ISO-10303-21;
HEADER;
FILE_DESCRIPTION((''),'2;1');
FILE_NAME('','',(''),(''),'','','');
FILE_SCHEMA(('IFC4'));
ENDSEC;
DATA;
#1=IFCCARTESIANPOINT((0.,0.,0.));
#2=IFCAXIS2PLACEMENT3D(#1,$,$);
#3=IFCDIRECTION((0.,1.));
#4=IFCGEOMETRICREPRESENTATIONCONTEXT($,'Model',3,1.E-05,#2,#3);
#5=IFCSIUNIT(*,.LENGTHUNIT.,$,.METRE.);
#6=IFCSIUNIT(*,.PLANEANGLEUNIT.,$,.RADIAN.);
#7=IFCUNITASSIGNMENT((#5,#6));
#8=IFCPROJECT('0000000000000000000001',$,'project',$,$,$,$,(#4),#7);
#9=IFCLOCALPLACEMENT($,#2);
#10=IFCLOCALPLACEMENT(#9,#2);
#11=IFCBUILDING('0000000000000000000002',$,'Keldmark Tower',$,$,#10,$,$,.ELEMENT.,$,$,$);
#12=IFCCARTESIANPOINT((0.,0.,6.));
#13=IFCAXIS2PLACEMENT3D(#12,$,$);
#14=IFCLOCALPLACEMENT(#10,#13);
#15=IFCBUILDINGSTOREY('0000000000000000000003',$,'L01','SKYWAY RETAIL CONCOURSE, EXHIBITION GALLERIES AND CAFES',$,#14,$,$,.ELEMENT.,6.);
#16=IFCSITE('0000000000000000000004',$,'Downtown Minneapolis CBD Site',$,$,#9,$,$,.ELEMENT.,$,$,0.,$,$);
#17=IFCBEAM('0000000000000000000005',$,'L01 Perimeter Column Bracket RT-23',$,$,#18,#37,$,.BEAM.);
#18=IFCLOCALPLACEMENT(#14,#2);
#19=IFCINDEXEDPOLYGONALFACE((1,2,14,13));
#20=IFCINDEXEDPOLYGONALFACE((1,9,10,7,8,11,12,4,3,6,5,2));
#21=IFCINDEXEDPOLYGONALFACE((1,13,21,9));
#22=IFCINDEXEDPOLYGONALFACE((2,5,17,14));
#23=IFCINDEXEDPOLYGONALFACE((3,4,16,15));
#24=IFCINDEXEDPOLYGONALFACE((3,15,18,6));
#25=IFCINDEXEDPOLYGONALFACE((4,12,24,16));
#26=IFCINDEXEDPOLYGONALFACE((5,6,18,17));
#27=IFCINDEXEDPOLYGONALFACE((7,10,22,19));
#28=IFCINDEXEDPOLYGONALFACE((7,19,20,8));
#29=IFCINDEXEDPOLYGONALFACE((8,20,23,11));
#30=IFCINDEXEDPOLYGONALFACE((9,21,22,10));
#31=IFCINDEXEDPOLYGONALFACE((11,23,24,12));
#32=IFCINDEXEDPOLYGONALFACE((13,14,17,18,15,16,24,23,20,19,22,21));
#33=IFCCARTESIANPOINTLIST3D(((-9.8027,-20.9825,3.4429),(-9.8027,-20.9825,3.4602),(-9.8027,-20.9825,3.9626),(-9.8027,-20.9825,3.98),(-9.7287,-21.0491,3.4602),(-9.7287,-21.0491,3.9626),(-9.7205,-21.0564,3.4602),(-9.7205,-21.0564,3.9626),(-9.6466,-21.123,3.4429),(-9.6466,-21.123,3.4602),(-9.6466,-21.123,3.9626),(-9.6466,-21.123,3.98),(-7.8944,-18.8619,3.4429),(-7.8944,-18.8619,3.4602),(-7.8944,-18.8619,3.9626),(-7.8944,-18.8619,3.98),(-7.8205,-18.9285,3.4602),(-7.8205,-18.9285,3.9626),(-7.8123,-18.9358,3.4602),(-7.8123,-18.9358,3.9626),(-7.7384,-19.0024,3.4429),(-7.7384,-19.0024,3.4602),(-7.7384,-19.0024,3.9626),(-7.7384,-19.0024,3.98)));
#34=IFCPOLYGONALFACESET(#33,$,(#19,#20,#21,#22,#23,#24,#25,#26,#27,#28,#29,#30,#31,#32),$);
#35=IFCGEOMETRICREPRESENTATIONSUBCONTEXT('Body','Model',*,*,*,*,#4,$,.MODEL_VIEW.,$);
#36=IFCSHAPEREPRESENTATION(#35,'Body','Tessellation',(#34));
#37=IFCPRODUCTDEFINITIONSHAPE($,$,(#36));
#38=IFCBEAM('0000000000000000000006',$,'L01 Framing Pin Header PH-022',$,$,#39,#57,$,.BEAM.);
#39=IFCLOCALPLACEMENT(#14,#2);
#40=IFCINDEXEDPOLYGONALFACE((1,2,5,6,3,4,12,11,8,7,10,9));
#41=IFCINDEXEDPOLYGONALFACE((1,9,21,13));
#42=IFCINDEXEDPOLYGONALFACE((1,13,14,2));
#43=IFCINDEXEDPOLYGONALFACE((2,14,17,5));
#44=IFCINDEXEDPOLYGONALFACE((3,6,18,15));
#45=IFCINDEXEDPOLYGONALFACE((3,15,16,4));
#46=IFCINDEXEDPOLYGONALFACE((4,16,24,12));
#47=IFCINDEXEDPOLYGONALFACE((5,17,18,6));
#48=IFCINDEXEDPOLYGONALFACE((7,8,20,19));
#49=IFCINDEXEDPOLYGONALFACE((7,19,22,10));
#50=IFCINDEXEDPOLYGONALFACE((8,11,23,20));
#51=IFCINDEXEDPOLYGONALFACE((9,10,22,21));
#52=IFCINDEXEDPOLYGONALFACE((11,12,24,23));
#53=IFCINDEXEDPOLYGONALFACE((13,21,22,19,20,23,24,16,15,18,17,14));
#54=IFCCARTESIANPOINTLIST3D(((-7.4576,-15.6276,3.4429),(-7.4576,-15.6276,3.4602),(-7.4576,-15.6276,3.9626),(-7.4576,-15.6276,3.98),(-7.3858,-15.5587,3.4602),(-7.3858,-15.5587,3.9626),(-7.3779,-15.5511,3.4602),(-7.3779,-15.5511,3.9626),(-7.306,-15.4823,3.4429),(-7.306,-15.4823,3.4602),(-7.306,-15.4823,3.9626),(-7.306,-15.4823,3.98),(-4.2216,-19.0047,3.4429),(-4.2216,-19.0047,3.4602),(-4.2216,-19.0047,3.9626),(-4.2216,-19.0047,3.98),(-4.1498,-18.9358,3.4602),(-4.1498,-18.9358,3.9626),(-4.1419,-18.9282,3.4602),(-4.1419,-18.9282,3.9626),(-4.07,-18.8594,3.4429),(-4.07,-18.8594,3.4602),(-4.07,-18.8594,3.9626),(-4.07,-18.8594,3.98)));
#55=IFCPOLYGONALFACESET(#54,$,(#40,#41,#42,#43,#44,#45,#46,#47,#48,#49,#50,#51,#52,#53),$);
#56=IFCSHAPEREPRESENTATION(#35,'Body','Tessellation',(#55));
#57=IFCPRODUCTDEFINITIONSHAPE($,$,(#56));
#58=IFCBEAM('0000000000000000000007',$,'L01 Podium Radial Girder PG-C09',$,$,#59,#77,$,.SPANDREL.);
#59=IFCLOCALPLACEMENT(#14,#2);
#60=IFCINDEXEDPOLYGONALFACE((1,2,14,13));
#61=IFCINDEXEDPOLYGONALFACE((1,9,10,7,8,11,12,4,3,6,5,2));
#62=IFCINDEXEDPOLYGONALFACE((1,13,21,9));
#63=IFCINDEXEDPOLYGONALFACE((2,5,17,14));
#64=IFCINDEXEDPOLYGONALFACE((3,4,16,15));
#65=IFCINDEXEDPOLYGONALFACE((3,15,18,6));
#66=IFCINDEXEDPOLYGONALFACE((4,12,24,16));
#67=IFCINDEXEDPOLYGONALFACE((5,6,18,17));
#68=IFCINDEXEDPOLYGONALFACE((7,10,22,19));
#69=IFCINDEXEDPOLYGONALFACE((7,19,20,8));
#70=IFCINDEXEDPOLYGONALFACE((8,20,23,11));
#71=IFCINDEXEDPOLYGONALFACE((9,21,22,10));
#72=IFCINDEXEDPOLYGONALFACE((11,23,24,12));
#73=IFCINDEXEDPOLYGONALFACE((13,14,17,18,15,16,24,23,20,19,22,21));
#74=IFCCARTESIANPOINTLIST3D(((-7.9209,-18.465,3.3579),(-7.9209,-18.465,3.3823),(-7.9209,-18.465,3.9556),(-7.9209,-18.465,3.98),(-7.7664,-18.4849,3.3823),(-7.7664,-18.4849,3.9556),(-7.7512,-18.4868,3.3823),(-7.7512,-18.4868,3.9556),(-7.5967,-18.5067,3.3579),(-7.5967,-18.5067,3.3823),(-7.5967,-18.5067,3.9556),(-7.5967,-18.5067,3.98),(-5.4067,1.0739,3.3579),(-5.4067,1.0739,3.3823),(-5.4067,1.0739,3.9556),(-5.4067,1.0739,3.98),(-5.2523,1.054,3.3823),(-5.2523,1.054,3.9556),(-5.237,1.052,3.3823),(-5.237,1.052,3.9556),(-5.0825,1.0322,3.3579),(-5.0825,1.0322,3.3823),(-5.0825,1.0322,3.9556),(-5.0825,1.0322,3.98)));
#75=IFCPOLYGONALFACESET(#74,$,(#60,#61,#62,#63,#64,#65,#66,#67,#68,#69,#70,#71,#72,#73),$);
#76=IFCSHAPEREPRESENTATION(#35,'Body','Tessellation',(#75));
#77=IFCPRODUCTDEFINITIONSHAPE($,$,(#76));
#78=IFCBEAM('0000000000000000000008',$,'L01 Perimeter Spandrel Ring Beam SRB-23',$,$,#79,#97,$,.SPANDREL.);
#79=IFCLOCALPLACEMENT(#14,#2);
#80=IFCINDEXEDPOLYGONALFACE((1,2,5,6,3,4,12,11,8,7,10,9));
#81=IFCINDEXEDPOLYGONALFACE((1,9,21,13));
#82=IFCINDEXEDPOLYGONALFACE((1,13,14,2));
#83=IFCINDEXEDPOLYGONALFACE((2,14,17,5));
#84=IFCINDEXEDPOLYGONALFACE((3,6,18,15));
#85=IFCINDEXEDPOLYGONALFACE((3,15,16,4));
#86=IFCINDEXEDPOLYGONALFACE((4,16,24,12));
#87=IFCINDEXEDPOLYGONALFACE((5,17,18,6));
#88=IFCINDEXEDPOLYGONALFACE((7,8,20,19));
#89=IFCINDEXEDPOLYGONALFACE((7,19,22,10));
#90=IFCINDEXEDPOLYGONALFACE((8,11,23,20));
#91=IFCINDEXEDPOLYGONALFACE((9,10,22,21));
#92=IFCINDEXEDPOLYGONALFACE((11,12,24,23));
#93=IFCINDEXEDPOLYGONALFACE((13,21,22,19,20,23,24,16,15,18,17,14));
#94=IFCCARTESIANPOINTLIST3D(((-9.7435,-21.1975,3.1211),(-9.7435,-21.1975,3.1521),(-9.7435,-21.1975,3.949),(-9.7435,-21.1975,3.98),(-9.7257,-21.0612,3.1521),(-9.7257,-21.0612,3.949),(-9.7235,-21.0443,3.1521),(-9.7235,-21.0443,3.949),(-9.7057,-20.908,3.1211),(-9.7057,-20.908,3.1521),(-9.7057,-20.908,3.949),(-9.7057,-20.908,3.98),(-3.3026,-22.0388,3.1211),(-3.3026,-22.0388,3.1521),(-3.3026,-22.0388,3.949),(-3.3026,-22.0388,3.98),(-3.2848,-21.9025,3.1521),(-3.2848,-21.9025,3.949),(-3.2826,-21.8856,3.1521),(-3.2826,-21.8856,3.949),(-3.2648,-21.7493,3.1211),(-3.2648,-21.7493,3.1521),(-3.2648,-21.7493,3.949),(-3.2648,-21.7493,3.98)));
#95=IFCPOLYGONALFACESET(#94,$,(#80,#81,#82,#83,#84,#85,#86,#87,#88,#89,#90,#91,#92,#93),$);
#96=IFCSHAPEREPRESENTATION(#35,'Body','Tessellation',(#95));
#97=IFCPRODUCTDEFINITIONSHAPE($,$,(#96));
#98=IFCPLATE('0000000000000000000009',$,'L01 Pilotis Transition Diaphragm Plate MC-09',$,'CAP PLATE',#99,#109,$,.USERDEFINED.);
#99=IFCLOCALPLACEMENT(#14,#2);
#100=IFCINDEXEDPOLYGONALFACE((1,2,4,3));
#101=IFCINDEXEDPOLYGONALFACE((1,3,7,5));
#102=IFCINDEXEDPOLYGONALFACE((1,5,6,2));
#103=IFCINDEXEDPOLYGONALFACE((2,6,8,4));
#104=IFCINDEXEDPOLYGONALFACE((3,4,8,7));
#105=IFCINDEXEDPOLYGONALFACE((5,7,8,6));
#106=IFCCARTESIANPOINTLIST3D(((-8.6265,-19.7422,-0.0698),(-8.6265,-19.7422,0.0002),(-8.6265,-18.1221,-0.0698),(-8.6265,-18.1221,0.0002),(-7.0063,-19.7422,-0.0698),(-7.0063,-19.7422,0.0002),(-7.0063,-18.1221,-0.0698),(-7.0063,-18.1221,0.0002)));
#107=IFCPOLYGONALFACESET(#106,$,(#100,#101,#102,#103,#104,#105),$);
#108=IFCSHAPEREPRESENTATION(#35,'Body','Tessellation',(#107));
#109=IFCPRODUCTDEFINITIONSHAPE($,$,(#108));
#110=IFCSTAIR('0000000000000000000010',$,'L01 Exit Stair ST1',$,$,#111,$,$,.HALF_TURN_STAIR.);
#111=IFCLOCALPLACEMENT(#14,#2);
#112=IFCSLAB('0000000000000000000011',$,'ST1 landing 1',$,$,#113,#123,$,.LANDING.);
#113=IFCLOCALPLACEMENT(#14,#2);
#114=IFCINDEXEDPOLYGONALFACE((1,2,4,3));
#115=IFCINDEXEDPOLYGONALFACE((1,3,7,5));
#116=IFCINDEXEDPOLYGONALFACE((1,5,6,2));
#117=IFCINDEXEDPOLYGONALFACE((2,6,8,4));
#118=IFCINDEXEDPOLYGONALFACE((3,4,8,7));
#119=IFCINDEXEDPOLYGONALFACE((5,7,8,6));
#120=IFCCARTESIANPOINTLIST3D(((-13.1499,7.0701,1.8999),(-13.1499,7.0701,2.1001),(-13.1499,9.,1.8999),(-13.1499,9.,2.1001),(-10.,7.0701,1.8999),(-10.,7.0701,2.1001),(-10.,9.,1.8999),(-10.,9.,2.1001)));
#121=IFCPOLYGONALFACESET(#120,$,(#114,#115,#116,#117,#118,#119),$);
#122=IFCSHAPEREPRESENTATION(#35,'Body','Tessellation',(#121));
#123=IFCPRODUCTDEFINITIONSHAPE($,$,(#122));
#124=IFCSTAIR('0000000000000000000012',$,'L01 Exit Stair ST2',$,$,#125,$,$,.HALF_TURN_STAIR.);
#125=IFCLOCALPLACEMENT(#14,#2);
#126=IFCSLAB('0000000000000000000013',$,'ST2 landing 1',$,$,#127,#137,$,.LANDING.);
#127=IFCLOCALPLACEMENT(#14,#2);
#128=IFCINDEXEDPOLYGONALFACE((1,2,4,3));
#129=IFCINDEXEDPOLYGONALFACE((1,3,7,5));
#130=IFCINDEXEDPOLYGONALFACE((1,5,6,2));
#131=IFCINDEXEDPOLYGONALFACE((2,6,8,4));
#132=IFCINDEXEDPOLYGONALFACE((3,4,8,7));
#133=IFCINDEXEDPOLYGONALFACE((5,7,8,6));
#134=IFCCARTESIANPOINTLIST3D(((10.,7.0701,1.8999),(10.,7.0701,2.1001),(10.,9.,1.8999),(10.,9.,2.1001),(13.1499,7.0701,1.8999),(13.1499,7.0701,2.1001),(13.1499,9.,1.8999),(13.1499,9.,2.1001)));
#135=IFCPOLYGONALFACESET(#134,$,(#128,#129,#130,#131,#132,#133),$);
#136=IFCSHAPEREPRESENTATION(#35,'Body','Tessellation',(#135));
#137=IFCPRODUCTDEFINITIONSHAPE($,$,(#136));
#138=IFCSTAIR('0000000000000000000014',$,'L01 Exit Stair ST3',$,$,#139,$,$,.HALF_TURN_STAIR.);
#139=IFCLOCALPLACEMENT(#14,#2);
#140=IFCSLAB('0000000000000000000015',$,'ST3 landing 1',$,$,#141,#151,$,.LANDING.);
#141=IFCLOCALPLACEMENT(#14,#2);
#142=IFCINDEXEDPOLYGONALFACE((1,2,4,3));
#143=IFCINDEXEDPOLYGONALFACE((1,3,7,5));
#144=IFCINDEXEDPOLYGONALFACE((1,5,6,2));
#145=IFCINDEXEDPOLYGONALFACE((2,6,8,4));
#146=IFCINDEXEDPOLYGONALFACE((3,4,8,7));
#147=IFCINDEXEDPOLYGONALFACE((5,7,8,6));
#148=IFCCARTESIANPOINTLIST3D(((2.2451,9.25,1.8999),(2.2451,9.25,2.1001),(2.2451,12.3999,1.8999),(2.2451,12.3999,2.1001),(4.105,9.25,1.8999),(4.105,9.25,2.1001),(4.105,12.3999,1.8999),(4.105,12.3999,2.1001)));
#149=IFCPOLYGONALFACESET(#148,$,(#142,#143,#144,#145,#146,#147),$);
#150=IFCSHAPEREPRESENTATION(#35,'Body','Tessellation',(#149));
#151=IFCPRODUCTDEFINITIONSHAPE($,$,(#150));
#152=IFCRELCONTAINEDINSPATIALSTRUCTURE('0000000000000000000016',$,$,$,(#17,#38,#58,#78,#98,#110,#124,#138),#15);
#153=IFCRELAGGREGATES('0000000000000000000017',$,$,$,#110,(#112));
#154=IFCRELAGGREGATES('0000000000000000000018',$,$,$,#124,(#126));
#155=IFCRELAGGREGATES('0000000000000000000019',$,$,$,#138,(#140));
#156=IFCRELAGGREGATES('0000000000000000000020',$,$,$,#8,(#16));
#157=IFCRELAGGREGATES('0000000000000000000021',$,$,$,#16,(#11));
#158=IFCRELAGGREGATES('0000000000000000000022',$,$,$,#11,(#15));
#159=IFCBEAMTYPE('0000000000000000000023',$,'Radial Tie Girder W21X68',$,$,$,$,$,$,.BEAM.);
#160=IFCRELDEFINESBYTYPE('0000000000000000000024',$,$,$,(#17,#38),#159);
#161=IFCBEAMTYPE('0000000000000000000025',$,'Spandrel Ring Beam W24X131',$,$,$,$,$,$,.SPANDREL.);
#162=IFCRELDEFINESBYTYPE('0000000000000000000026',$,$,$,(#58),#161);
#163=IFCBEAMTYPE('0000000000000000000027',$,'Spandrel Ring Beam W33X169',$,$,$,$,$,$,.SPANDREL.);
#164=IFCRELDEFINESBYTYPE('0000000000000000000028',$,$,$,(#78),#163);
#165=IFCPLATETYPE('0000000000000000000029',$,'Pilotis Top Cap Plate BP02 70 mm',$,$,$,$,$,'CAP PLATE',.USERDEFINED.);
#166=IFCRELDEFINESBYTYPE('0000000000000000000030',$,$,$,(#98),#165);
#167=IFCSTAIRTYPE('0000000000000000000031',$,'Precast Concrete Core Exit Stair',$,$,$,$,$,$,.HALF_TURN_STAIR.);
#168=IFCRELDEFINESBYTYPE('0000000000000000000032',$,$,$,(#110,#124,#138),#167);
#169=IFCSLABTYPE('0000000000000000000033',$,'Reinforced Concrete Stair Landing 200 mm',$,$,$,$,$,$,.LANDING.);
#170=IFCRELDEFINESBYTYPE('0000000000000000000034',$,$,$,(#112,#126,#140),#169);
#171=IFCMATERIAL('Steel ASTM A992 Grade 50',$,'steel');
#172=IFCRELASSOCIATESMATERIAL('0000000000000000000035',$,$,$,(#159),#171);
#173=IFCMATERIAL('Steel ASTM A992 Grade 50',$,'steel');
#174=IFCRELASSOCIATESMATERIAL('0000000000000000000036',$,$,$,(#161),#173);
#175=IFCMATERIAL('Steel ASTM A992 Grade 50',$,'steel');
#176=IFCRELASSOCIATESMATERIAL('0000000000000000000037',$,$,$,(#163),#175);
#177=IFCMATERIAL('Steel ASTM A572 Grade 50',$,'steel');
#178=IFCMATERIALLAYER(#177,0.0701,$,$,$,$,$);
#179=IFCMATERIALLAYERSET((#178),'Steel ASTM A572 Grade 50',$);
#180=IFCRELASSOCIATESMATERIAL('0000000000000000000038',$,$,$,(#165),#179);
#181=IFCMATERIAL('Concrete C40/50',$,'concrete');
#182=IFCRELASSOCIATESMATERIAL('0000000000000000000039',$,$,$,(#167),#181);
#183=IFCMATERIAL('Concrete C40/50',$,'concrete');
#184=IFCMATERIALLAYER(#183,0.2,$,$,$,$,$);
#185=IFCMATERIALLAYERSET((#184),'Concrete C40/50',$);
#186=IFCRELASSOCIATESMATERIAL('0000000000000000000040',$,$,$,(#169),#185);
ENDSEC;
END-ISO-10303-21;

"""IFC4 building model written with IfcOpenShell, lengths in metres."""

from ifc_helpers import new_model, si_unit, direction, frame, origin, origin_2d, place, context, subcontext, project, spatial, polyline, rectangle, i_section, outline, extrude, material, layer, layer_set, material_profile, profile_set, type_object, element, aggregate, save


model = new_model("IFC4")

# Units and contexts
model_context = context("Model", 3, precision=1e-05, world=origin(), true_north=direction((0.0, 1.0)))
body_context = subcontext(model_context, "Body", "Model", "MODEL_VIEW")
ifc_project = project(units=[si_unit("LENGTHUNIT", "METRE"), si_unit("PLANEANGLEUNIT", "RADIAN")], contexts=[model_context])

# Site, building, storey
site_placement = place(None, origin())
site = spatial("IfcSite", under=ifc_project, at=site_placement, Name="Downtown Minneapolis CBD Site", CompositionType="ELEMENT", RefElevation=0.0)
building_placement = place(site_placement, origin())
building = spatial("IfcBuilding", under=site, at=building_placement, Name="Keldmark Tower", CompositionType="ELEMENT")
storey_placement = place(building_placement, frame((0.0, 0.0, 6.0)))
storey = spatial("IfcBuildingStorey", under=building, at=storey_placement, Name="L01", Description="SKYWAY RETAIL CONCOURSE, EXHIBITION GALLERIES AND CAFES", CompositionType="ELEMENT", Elevation=6.0)

# Beams
ifc_material_1 = material(Name="Steel ASTM A992 Grade 50", Category="steel")
ifc_material_profile_1 = material_profile(ifc_material_1, i_section(OverallWidth=0.21, OverallDepth=0.5371, WebThickness=0.011, FlangeThickness=0.0173, at=origin_2d()), Name="W21X68")
ifc_profile_set_1 = profile_set([ifc_material_profile_1], Name="Steel ASTM A992 Grade 50")
beam_type_1 = type_object("IfcBeamType", Name="Radial Tie Girder W21X68", PredefinedType="BEAM", material=ifc_profile_set_1)
beam_1_placement = place(storey_placement, frame((-7.8164, -18.9321, 3.7114), z_axis=(-0.668899, -0.743354, 0.0), x_axis=(0.743354, -0.668899, 0.0)))
element("IfcBeam", 1, at=beam_1_placement, inside=storey, type_object=beam_type_1, Name="L01 Perimeter Column Bracket RT-23", PredefinedType="BEAM", context=body_context, shape_type="SweptSolid", body=[
    extrude(i_section(OverallWidth=0.21, OverallDepth=0.5371, WebThickness=0.011, FlangeThickness=0.0173, at=origin_2d()), origin(), (0.0, 0.0, 1.0), 2.8528),
])
beam_2_placement = place(storey_placement, frame((-7.3818, -15.5549, 3.7114), z_axis=(0.691861, -0.722031, 0.0), x_axis=(0.722031, 0.691861, 0.0)))
element("IfcBeam", 2, at=beam_2_placement, inside=storey, type_object=beam_type_1, Name="L01 Framing Pin Header PH-022", PredefinedType="BEAM", context=body_context, shape_type="SweptSolid", body=[
    extrude(i_section(OverallWidth=0.21, OverallDepth=0.5371, WebThickness=0.011, FlangeThickness=0.0173, at=origin_2d()), origin(), (0.0, 0.0, 1.0), 4.6772),
])
ifc_material_2 = material(Name="Steel ASTM A992 Grade 50", Category="steel")
ifc_material_profile_2 = material_profile(ifc_material_2, i_section(OverallWidth=0.3269, OverallDepth=0.6221, WebThickness=0.0154, FlangeThickness=0.0244, at=origin_2d()), Name="W24X131")
ifc_profile_set_2 = profile_set([ifc_material_profile_2], Name="Steel ASTM A992 Grade 50")
beam_type_2 = type_object("IfcBeamType", Name="Spandrel Ring Beam W24X131", PredefinedType="SPANDREL", material=ifc_profile_set_2)
beam_3_placement = place(storey_placement, frame((-7.7588, -18.4858, 3.6689), z_axis=(0.127623, 0.991823, 0.0), x_axis=(-0.991823, 0.127623, 0.0)))
element("IfcBeam", 3, at=beam_3_placement, inside=storey, type_object=beam_type_2, Name="L01 Podium Radial Girder PG-C09", PredefinedType="SPANDREL", context=body_context, shape_type="SweptSolid", body=[
    extrude(i_section(OverallWidth=0.3269, OverallDepth=0.6221, WebThickness=0.0154, FlangeThickness=0.0244, at=origin_2d()), origin(), (0.0, 0.0, 1.0), 19.7),
])
ifc_material_3 = material(Name="Steel ASTM A992 Grade 50", Category="steel")
ifc_material_profile_3 = material_profile(ifc_material_3, i_section(OverallWidth=0.292, OverallDepth=0.8589, WebThickness=0.0171, FlangeThickness=0.031, at=origin_2d()), Name="W33X169")
ifc_profile_set_3 = profile_set([ifc_material_profile_3], Name="Steel ASTM A992 Grade 50")
beam_type_3 = type_object("IfcBeamType", Name="Spandrel Ring Beam W33X169", PredefinedType="SPANDREL", material=ifc_profile_set_3)
beam_4_placement = place(storey_placement, frame((-9.7246, -21.0527, 3.5505), z_axis=(0.991577, -0.129519, 0.0), x_axis=(0.129519, 0.991577, 0.0)))
element("IfcBeam", 4, at=beam_4_placement, inside=storey, type_object=beam_type_3, Name="L01 Perimeter Spandrel Ring Beam SRB-23", PredefinedType="SPANDREL", context=body_context, shape_type="SweptSolid", body=[
    extrude(i_section(OverallWidth=0.292, OverallDepth=0.8589, WebThickness=0.0171, FlangeThickness=0.031, at=origin_2d()), origin(), (0.0, 0.0, 1.0), 6.4956),
])

# Plate
ifc_material_4 = material(Name="Steel ASTM A572 Grade 50", Category="steel")
ifc_layer_1 = layer(ifc_material_4, 0.0701)
ifc_layer_set_1 = layer_set([ifc_layer_1], Name="Steel ASTM A572 Grade 50")
plate_type_1 = type_object("IfcPlateType", Name="Pilotis Top Cap Plate BP02 70 mm", ElementType="CAP PLATE", PredefinedType="USERDEFINED", material=ifc_layer_set_1)
plate_1_placement = place(storey_placement, frame((-7.8164, -18.9321, -0.0698), z_axis=(0.0, 0.0, 1.0), x_axis=(1.0, 0.0, 0.0)))
element("IfcPlate", 5, at=plate_1_placement, inside=storey, type_object=plate_type_1, Name="L01 Pilotis Transition Diaphragm Plate MC-09", ObjectType="CAP PLATE", PredefinedType="USERDEFINED", context=body_context, shape_type="SweptSolid", body=[
    extrude(rectangle(XDim=1.6201, YDim=1.6201, at=origin_2d()), origin(), (0.0, 0.0, 1.0), 0.0701),
])

# Stairs, slabs
ifc_material_5 = material(Name="Concrete C40/50", Category="concrete")
stair_type = type_object("IfcStairType", Name="Precast Concrete Core Exit Stair", PredefinedType="HALF_TURN_STAIR", material=ifc_material_5)
stair_1_placement = place(storey_placement, origin())
stair_1 = element("IfcStair", 6, at=stair_1_placement, inside=storey, type_object=stair_type, Name="L01 Exit Stair ST1", PredefinedType="HALF_TURN_STAIR")
ifc_material_6 = material(Name="Concrete C40/50", Category="concrete")
ifc_layer_2 = layer(ifc_material_6, 0.2)
ifc_layer_set_2 = layer_set([ifc_layer_2], Name="Concrete C40/50")
slab_type_1 = type_object("IfcSlabType", Name="Reinforced Concrete Stair Landing 200 mm", PredefinedType="LANDING", material=ifc_layer_set_2)
slab_1_placement = place(storey_placement, frame((0.0, 0.0, 1.8999)))
slab_1 = element("IfcSlab", 7, at=slab_1_placement, type_object=slab_type_1, Name="ST1 landing 1", PredefinedType="LANDING", context=body_context, shape_type="SweptSolid", body=[
    extrude(outline(polyline([(-10.0, 7.0701), (-10.0, 9.0), (-13.1499, 9.0), (-13.1499, 7.0701), (-10.0, 7.0701)])), origin(), (0.0, 0.0, 1.0), 0.2002),
])
aggregate(stair_1, [slab_1])
stair_2_placement = place(storey_placement, origin())
stair_2 = element("IfcStair", 8, at=stair_2_placement, inside=storey, type_object=stair_type, Name="L01 Exit Stair ST2", PredefinedType="HALF_TURN_STAIR")
slab_2_placement = place(storey_placement, frame((0.0, 0.0, 1.8999)))
slab_2 = element("IfcSlab", 9, at=slab_2_placement, type_object=slab_type_1, Name="ST2 landing 1", PredefinedType="LANDING", context=body_context, shape_type="SweptSolid", body=[
    extrude(outline(polyline([(13.1499, 7.0701), (13.1499, 9.0), (10.0, 9.0), (10.0, 7.0701), (13.1499, 7.0701)])), origin(), (0.0, 0.0, 1.0), 0.2002),
])
aggregate(stair_2, [slab_2])
stair_3_placement = place(storey_placement, origin())
stair_3 = element("IfcStair", 10, at=stair_3_placement, inside=storey, type_object=stair_type, Name="L01 Exit Stair ST3", PredefinedType="HALF_TURN_STAIR")
slab_3_placement = place(storey_placement, frame((0.0, 0.0, 1.8999)))
slab_3 = element("IfcSlab", 11, at=slab_3_placement, type_object=slab_type_1, Name="ST3 landing 1", PredefinedType="LANDING", context=body_context, shape_type="SweptSolid", body=[
    extrude(outline(polyline([(2.2451, 9.25), (4.105, 9.25), (4.105, 12.3999), (2.2451, 12.3999), (2.2451, 9.25)])), origin(), (0.0, 0.0, 1.0), 0.2002),
])
aggregate(stair_3, [slab_3])

save(model, "model.ifc")
